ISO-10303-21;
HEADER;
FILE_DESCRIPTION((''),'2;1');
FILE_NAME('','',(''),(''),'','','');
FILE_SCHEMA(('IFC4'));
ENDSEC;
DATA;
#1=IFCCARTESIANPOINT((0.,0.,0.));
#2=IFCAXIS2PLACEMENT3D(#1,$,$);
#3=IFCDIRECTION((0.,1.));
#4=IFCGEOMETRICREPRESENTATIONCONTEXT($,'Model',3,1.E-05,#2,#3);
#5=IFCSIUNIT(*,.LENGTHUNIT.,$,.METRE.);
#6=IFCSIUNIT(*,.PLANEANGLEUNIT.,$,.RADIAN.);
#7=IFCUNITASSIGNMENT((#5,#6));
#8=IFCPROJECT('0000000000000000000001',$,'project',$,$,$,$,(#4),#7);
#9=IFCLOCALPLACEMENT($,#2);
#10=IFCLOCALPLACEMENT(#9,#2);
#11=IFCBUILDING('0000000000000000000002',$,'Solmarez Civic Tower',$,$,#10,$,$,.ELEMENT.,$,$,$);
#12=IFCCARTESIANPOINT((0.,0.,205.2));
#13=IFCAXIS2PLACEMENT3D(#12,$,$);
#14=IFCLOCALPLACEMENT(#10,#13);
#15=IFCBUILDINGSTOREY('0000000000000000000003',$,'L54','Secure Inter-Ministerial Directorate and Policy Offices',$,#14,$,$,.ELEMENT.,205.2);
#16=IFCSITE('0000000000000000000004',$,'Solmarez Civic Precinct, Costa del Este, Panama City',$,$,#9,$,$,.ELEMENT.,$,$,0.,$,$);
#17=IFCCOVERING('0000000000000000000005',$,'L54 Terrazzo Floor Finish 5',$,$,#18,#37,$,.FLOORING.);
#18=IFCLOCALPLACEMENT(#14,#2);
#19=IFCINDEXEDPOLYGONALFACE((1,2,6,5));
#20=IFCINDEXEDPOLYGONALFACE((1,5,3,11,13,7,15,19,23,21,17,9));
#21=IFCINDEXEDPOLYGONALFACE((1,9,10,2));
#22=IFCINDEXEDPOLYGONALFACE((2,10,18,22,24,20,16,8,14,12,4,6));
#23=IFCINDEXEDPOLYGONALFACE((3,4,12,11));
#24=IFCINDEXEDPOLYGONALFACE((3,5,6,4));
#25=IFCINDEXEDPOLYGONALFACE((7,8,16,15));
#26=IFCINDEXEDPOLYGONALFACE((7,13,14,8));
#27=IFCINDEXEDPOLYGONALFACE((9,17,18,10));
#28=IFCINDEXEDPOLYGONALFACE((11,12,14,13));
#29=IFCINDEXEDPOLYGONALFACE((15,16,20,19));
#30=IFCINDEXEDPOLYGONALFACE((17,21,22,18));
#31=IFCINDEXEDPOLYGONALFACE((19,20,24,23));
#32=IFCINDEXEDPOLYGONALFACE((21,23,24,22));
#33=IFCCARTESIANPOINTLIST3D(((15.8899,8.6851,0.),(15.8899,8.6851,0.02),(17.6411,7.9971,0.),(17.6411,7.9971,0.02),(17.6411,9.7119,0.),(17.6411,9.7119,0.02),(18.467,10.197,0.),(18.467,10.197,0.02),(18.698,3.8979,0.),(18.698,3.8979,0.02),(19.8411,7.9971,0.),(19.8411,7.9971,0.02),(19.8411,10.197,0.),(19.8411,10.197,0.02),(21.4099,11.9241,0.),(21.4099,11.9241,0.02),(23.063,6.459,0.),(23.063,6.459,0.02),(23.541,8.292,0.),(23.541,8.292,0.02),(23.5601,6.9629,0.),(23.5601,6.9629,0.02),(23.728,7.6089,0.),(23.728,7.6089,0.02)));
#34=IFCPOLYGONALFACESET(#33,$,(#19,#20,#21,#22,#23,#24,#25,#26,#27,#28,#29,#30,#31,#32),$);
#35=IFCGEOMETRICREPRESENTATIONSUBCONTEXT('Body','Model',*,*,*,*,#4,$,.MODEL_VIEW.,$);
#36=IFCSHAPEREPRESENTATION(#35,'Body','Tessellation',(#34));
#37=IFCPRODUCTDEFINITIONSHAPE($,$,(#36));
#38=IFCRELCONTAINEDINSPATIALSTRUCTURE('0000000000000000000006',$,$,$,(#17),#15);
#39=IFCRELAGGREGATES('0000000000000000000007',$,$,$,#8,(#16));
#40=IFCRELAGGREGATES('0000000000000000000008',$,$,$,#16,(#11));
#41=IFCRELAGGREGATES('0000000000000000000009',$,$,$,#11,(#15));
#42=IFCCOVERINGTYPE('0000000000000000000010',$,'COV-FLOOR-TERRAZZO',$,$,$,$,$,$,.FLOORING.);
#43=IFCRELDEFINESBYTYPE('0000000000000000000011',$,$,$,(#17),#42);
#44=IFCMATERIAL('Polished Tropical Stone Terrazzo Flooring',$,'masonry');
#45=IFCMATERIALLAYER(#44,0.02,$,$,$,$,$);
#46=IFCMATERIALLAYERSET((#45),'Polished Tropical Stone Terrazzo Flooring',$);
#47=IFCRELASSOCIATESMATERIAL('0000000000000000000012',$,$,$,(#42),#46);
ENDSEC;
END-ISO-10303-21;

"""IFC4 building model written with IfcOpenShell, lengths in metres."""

from ifc_helpers import new_model, si_unit, direction, frame, origin, place, context, subcontext, project, spatial, polyline, outline, extrude, material, layer, layer_set, type_object, element, save


model = new_model("IFC4")

# Units and contexts
model_context = context("Model", 3, precision=1e-05, world=origin(), true_north=direction((0.0, 1.0)))
body_context = subcontext(model_context, "Body", "Model", "MODEL_VIEW")
ifc_project = project(units=[si_unit("LENGTHUNIT", "METRE"), si_unit("PLANEANGLEUNIT", "RADIAN")], contexts=[model_context])

# Site, building, storey
site_placement = place(None, origin())
site = spatial("IfcSite", under=ifc_project, at=site_placement, Name="Solmarez Civic Precinct, Costa del Este, Panama City", CompositionType="ELEMENT", RefElevation=0.0)
building_placement = place(site_placement, origin())
building = spatial("IfcBuilding", under=site, at=building_placement, Name="Solmarez Civic Tower", CompositionType="ELEMENT")
storey_placement = place(building_placement, frame((0.0, 0.0, 205.2)))
storey = spatial("IfcBuildingStorey", under=building, at=storey_placement, Name="L54", Description="Secure Inter-Ministerial Directorate and Policy Offices", CompositionType="ELEMENT", Elevation=205.2)

# Covering
ifc_material_1 = material(Name="Polished Tropical Stone Terrazzo Flooring", Category="masonry")
ifc_layer_1 = layer(ifc_material_1, 0.02)
ifc_layer_set_1 = layer_set([ifc_layer_1], Name="Polished Tropical Stone Terrazzo Flooring")
covering_type_1 = type_object("IfcCoveringType", Name="COV-FLOOR-TERRAZZO", PredefinedType="FLOORING", material=ifc_layer_set_1)
covering_1_placement = place(storey_placement, origin())
element("IfcCovering", 1, at=covering_1_placement, inside=storey, type_object=covering_type_1, Name="L54 Terrazzo Floor Finish 5", PredefinedType="FLOORING", context=body_context, shape_type="SweptSolid", body=[
    extrude(outline(polyline([(18.698, 3.8979), (23.063, 6.459), (23.5601, 6.9629), (23.728, 7.6089), (23.541, 8.292), (21.4099, 11.9241), (18.467, 10.197), (19.8411, 10.197), (19.8411, 7.9971), (17.6411, 7.9971), (17.6411, 9.7119), (15.8899, 8.6851), (18.698, 3.8979)])), origin(), (0.0, 0.0, 1.0), 0.02),
])

save(model, "model.ifc")
